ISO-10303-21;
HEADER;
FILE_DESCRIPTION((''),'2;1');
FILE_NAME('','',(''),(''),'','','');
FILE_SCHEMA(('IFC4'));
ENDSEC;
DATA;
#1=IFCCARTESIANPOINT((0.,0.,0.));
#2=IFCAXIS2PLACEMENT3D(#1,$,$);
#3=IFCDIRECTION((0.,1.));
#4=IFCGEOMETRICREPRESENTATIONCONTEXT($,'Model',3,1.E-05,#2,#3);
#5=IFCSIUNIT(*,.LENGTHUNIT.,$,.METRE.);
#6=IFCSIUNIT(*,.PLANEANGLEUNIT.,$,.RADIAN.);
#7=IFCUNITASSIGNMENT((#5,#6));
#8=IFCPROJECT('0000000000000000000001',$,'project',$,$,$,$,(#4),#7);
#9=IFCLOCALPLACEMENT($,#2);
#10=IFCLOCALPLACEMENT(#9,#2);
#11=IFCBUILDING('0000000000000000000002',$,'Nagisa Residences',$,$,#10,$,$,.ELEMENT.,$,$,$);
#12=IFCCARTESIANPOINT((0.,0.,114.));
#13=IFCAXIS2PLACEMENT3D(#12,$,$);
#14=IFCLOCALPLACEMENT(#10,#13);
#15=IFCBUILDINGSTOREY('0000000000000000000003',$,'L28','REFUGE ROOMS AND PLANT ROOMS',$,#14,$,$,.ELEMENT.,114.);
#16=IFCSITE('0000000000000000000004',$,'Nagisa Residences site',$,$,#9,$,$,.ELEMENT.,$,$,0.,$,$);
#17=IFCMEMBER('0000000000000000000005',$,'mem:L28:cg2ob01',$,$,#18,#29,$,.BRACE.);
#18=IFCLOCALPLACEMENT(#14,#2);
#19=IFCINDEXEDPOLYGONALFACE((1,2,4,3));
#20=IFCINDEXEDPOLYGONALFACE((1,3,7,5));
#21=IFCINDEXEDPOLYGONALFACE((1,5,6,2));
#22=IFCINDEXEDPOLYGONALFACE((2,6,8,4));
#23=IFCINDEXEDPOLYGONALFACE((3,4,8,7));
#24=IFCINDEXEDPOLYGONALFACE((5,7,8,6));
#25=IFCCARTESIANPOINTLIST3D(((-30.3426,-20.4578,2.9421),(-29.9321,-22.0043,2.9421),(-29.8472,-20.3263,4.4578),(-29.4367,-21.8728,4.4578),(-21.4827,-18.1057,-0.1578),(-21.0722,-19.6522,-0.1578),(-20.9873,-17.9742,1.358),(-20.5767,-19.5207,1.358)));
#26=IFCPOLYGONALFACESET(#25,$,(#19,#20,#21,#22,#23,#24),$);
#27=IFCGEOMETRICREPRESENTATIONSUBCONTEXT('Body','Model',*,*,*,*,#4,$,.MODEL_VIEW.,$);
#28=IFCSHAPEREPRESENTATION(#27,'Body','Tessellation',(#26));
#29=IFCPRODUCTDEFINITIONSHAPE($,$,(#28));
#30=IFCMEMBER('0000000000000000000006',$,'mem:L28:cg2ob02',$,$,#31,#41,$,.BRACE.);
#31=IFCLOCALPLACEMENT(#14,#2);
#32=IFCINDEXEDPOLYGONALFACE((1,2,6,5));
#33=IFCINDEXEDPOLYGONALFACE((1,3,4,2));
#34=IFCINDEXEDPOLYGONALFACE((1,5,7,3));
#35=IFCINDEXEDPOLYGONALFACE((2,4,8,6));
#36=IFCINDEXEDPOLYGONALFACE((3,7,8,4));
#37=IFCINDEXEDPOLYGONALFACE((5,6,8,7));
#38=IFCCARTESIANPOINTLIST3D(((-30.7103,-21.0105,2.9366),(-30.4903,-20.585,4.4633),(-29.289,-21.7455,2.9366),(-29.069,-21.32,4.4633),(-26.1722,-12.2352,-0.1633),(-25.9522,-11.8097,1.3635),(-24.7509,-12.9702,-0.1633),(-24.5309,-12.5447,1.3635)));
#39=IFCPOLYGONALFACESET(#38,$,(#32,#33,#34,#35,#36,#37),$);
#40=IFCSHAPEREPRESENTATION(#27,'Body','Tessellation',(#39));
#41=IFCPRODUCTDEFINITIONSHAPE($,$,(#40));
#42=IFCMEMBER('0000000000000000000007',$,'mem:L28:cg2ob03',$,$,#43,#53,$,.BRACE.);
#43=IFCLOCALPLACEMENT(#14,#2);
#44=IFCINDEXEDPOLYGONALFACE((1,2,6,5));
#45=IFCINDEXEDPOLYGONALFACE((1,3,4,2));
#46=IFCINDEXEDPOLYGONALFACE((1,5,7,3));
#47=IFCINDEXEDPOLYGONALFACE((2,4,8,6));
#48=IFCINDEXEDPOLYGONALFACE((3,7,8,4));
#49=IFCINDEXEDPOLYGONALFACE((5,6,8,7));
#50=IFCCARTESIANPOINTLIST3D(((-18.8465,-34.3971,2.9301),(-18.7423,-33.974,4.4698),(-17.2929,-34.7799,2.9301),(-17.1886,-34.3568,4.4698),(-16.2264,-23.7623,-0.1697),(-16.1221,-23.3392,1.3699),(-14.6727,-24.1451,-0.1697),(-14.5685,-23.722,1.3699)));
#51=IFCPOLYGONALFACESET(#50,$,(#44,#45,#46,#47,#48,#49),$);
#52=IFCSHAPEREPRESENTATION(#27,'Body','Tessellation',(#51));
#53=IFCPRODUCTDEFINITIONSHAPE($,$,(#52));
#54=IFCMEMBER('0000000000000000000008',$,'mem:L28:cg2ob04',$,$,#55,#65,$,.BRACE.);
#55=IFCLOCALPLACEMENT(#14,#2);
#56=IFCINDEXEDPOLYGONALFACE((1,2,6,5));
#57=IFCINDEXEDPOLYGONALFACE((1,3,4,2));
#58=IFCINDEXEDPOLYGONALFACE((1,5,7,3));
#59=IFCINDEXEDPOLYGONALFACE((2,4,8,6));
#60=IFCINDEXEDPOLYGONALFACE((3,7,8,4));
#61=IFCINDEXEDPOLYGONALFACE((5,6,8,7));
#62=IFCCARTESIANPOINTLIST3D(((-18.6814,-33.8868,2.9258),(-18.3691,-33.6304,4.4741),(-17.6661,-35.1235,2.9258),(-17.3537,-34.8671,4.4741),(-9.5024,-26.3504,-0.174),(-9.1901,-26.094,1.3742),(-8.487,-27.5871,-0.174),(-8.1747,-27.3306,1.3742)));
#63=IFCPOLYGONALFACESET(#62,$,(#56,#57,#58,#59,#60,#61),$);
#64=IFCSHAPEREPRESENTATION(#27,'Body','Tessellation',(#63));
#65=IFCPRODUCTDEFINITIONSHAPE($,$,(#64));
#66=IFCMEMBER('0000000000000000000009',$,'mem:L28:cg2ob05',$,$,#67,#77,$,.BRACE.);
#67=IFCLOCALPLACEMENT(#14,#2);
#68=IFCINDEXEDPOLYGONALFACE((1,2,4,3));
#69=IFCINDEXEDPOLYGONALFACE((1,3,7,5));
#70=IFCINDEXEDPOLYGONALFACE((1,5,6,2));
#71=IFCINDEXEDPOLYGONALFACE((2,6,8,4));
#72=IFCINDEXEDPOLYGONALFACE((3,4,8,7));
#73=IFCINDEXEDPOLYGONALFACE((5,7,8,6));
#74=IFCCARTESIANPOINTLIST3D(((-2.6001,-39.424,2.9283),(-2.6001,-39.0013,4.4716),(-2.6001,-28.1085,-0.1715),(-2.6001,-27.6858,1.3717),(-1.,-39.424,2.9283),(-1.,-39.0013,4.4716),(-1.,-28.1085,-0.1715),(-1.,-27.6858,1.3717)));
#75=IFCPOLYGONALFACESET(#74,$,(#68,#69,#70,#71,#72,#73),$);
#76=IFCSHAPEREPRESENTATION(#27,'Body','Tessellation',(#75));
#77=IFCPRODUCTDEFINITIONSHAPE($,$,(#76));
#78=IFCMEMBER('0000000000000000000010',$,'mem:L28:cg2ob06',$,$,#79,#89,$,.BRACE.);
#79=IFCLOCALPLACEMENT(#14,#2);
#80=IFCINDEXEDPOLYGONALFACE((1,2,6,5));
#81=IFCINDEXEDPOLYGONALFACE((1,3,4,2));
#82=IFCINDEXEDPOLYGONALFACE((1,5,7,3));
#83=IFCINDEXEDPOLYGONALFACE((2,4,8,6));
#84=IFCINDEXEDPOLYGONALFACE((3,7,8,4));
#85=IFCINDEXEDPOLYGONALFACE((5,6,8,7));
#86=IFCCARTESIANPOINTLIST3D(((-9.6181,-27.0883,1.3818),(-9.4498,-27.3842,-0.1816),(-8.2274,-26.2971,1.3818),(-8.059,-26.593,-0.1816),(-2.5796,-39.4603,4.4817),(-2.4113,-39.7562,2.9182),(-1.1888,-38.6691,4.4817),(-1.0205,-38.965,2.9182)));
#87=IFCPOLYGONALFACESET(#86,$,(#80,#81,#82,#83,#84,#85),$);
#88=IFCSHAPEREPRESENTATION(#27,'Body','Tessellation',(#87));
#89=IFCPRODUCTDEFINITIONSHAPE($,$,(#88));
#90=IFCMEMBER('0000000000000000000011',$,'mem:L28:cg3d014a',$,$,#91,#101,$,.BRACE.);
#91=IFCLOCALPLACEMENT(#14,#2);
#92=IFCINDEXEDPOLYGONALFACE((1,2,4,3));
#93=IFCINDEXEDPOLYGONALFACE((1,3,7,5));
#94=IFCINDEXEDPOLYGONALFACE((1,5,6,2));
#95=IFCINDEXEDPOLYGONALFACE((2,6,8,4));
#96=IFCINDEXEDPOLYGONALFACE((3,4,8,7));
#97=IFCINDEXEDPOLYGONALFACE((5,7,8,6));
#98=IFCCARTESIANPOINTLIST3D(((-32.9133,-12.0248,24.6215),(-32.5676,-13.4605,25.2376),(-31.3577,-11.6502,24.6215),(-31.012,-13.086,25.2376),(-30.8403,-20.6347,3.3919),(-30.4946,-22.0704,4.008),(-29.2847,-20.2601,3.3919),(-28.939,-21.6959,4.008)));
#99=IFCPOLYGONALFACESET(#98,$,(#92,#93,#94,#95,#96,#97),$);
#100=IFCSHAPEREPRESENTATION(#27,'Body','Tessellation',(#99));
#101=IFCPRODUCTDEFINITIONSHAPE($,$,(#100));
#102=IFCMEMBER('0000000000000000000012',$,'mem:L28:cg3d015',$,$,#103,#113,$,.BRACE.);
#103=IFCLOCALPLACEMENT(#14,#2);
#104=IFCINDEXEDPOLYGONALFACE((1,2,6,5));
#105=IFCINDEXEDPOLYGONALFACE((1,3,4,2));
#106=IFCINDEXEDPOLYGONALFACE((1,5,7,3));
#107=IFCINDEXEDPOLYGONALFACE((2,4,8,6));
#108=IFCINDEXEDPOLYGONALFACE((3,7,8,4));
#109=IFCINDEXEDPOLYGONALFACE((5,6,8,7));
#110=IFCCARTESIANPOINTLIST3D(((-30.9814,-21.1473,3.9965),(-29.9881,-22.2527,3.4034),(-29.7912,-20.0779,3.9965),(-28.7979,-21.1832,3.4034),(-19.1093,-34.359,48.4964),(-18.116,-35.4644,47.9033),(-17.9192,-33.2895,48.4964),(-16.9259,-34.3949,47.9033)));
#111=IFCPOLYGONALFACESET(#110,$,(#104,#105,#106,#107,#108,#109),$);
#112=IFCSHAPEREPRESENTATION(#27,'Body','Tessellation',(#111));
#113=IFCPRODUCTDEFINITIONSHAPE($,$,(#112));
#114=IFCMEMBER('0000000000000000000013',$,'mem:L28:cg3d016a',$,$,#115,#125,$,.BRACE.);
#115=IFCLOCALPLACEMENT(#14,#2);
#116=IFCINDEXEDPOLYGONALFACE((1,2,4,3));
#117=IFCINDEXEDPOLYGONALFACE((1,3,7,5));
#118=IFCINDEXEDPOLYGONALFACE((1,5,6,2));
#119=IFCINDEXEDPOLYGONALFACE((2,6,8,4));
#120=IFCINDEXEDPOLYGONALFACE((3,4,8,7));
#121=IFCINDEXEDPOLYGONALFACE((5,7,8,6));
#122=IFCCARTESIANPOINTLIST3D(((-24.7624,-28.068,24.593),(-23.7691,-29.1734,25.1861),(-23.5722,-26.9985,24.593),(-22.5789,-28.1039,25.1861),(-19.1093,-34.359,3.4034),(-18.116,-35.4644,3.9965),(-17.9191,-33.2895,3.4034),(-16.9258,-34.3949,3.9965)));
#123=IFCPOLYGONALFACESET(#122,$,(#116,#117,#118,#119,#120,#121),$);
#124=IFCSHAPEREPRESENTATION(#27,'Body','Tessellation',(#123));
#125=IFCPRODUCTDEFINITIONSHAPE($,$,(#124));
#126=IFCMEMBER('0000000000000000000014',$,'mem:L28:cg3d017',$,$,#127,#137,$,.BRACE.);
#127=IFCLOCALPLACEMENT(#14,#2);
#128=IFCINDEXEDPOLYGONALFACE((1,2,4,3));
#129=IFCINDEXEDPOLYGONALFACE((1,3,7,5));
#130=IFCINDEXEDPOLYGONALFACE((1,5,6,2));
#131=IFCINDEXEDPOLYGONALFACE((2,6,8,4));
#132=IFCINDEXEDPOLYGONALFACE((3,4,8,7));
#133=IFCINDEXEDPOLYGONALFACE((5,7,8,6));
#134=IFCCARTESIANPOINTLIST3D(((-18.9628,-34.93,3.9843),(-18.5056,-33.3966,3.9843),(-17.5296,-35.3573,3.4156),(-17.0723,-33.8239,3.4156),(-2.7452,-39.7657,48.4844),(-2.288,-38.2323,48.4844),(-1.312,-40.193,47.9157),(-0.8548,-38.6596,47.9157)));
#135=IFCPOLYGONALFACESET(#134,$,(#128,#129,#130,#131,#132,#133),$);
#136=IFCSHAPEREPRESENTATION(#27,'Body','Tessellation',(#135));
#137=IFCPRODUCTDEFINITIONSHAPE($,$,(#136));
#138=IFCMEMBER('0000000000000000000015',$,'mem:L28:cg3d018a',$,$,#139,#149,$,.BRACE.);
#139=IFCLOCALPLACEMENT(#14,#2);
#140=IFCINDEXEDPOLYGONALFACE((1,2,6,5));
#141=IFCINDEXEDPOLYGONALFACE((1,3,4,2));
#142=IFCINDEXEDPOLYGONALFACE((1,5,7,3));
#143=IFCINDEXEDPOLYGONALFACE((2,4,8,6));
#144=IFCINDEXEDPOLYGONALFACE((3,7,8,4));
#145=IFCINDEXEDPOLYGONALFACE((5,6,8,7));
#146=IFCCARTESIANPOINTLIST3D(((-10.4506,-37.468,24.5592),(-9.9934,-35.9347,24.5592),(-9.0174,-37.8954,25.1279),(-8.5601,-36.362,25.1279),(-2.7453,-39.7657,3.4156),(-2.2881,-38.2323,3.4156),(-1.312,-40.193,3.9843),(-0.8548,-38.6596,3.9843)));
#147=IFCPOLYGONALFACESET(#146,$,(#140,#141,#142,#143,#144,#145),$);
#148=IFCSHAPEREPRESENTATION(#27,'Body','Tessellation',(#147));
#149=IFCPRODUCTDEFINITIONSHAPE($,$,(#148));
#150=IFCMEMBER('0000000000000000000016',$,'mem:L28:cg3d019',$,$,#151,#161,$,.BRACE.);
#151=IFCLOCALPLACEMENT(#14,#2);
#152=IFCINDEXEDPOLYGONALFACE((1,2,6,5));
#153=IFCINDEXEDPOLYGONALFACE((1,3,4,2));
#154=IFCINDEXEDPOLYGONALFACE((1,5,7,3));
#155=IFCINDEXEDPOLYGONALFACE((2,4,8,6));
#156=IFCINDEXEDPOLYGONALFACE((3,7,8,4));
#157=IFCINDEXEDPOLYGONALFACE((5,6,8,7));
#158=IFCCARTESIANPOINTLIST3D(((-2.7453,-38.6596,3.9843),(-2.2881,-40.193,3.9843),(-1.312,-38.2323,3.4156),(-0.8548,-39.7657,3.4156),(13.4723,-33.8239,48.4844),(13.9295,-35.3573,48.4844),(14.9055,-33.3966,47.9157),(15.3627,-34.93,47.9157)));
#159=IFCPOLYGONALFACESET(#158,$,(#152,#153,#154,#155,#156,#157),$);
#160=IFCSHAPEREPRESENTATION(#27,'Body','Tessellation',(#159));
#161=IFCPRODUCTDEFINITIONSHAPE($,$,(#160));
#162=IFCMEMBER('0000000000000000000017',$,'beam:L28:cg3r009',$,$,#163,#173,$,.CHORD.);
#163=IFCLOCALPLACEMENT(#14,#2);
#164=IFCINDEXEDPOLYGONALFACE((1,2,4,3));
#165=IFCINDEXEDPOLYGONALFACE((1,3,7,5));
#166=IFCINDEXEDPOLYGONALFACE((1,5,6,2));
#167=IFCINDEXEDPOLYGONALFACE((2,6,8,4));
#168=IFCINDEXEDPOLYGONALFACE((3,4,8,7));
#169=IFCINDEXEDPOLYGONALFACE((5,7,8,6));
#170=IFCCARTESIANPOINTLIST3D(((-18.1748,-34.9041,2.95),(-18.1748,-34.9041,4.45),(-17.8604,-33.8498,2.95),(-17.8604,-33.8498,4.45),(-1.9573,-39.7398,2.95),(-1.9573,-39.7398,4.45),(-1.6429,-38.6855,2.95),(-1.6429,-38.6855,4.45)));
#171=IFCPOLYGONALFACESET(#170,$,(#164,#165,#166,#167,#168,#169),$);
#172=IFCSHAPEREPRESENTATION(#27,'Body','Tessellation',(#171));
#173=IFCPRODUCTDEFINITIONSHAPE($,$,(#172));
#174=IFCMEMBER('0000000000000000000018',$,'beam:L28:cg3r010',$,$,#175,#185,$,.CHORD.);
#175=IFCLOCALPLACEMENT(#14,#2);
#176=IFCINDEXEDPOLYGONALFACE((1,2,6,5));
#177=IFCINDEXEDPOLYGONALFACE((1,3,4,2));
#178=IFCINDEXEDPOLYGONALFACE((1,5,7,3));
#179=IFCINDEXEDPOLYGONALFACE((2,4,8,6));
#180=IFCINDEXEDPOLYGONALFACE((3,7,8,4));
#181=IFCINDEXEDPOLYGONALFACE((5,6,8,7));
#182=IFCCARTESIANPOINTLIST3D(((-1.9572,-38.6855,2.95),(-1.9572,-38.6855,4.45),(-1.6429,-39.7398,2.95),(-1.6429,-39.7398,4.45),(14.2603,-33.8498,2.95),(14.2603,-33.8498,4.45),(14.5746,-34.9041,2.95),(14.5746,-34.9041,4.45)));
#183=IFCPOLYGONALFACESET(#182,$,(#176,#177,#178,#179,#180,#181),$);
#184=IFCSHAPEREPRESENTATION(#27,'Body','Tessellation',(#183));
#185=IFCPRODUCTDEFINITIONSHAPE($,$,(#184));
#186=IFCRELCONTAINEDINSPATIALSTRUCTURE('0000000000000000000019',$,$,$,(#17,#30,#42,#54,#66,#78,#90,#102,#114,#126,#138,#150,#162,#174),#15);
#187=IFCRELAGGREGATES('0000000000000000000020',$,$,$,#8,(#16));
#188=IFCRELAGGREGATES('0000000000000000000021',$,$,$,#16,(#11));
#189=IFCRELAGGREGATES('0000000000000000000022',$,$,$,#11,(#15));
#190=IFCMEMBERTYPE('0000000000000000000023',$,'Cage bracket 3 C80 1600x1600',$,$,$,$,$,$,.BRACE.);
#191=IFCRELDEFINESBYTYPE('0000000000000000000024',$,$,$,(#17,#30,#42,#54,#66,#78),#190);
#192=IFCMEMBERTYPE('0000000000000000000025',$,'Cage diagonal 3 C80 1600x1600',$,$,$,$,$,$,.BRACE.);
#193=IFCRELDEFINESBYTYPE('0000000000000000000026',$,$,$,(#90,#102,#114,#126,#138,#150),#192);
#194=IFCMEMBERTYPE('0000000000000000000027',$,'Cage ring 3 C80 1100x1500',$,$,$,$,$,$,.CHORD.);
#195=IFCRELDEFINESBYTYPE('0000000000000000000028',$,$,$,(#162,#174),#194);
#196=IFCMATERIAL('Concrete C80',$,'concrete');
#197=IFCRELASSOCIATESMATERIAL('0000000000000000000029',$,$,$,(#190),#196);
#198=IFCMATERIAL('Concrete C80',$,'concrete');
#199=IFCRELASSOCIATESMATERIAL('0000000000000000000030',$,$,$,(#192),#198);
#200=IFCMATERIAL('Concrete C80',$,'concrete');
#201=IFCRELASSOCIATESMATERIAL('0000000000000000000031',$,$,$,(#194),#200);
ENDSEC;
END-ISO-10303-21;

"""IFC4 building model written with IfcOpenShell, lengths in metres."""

from ifc_helpers import new_model, si_unit, direction, frame, origin, origin_2d, place, context, subcontext, project, spatial, rectangle, extrude, material, material_profile, profile_set, type_object, element, save


model = new_model("IFC4")

# Units and contexts
model_context = context("Model", 3, precision=1e-05, world=origin(), true_north=direction((0.0, 1.0)))
body_context = subcontext(model_context, "Body", "Model", "MODEL_VIEW")
ifc_project = project(units=[si_unit("LENGTHUNIT", "METRE"), si_unit("PLANEANGLEUNIT", "RADIAN")], contexts=[model_context])

# Site, building, storey
site_placement = place(None, origin())
site = spatial("IfcSite", under=ifc_project, at=site_placement, Name="Nagisa Residences site", CompositionType="ELEMENT", RefElevation=0.0)
building_placement = place(site_placement, origin())
building = spatial("IfcBuilding", under=site, at=building_placement, Name="Nagisa Residences", CompositionType="ELEMENT")
storey_placement = place(building_placement, frame((0.0, 0.0, 114.0)))
storey = spatial("IfcBuildingStorey", under=building, at=storey_placement, Name="L28", Description="REFUGE ROOMS AND PLANT ROOMS", CompositionType="ELEMENT", Elevation=114.0)

# Members
ifc_material_1 = material(Name="Concrete C80", Category="concrete")
ifc_material_profile_1 = material_profile(ifc_material_1, rectangle(XDim=1.6001, YDim=1.6001, at=origin_2d()), Name="C80 1600x1600")
ifc_profile_set_1 = profile_set([ifc_material_profile_1], Name="Concrete C80")
member_type_1 = type_object("IfcMemberType", Name="Cage bracket 3 C80 1600x1600", PredefinedType="BRACE", material=ifc_profile_set_1)
member_1_placement = place(storey_placement, frame((-29.8896, -21.1653, 3.7), z_axis=(0.915588, 0.243063, -0.320342), x_axis=(-0.256585, 0.966522, 0.0)))
element("IfcMember", 1, at=member_1_placement, inside=storey, type_object=member_type_1, Name="mem:L28:cg2ob01", PredefinedType="BRACE", context=body_context, shape_type="SweptSolid", body=[
    extrude(rectangle(XDim=1.6001, YDim=1.6001, at=origin_2d()), origin(), (0.0, 0.0, 1.0), 9.6768),
])
member_2_placement = place(storey_placement, frame((-29.8896, -21.1653, 3.7), z_axis=(0.438282, 0.847515, -0.299379), x_axis=(-0.888255, 0.45935, 0.0)))
element("IfcMember", 2, at=member_2_placement, inside=storey, type_object=member_type_1, Name="mem:L28:cg2ob02", PredefinedType="BRACE", context=body_context, shape_type="SweptSolid", body=[
    extrude(rectangle(XDim=1.6001, YDim=1.6001, at=origin_2d()), origin(), (0.0, 0.0, 1.0), 10.3542),
])
member_3_placement = place(storey_placement, frame((-18.0176, -34.377, 3.7), z_axis=(0.230178, 0.934269, -0.272323), x_axis=(-0.970966, 0.23922, 0.0)))
element("IfcMember", 3, at=member_3_placement, inside=storey, type_object=member_type_1, Name="mem:L28:cg2ob03", PredefinedType="BRACE", context=body_context, shape_type="SweptSolid", body=[
    extrude(rectangle(XDim=1.6001, YDim=1.6001, at=origin_2d()), origin(), (0.0, 0.0, 1.0), 11.3831),
])
member_4_placement = place(storey_placement, frame((-18.0176, -34.377, 3.7), z_axis=(0.747817, 0.613995, -0.252548), x_axis=(-0.634564, 0.77287, 0.0)))
element("IfcMember", 4, at=member_4_placement, inside=storey, type_object=member_type_1, Name="mem:L28:cg2ob04", PredefinedType="BRACE", context=body_context, shape_type="SweptSolid", body=[
    extrude(rectangle(XDim=1.6001, YDim=1.6001, at=origin_2d()), origin(), (0.0, 0.0, 1.0), 12.2744),
])
member_5_placement = place(storey_placement, frame((-1.8, -39.2126, 3.7), z_axis=(0.0, 0.964464, -0.264214), x_axis=(-1.0, 0.0, 0.0)))
element("IfcMember", 5, at=member_5_placement, inside=storey, type_object=member_type_1, Name="mem:L28:cg2ob05", PredefinedType="BRACE", context=body_context, shape_type="SweptSolid", body=[
    extrude(rectangle(XDim=1.6001, YDim=1.6001, at=origin_2d()), origin(), (0.0, 0.0, 1.0), 11.7324),
])
member_6_placement = place(storey_placement, frame((-1.8, -39.2126, 3.7), z_axis=(-0.483162, 0.849279, -0.212789), x_axis=(-0.869185, -0.494487, 0.0)))
element("IfcMember", 6, at=member_6_placement, inside=storey, type_object=member_type_1, Name="mem:L28:cg2ob06", PredefinedType="BRACE", context=body_context, shape_type="SweptSolid", body=[
    extrude(rectangle(XDim=1.6001, YDim=1.6001, at=origin_2d()), origin(), (0.0, 0.0, 1.0), 14.5676),
])
ifc_material_2 = material(Name="Concrete C80", Category="concrete")
ifc_material_profile_2 = material_profile(ifc_material_2, rectangle(XDim=1.6001, YDim=1.6001, at=origin_2d()), Name="C80 1600x1600")
ifc_profile_set_2 = profile_set([ifc_material_profile_2], Name="Concrete C80")
member_type_2 = type_object("IfcMemberType", Name="Cage diagonal 3 C80 1600x1600", PredefinedType="BRACE", material=ifc_profile_set_2)
member_7_placement = place(storey_placement, frame((-29.8896, -21.1653, 3.7), z_axis=(-0.09012, 0.3743, 0.922918), x_axis=(-0.972217, -0.234081, 0.0)))
element("IfcMember", 7, at=member_7_placement, inside=storey, type_object=member_type_2, Name="mem:L28:cg3d014a", PredefinedType="BRACE", context=body_context, shape_type="SweptSolid", body=[
    extrude(rectangle(XDim=1.6001, YDim=1.6001, at=origin_2d()), origin(), (0.0, 0.0, 1.0), 23.0027),
])
member_8_placement = place(storey_placement, frame((-29.8896, -21.1653, 3.7), z_axis=(0.247779, -0.275738, 0.928749), x_axis=(0.74381, 0.668391, 0.0)))
element("IfcMember", 8, at=member_8_placement, inside=storey, type_object=member_type_2, Name="mem:L28:cg3d015", PredefinedType="BRACE", context=body_context, shape_type="SweptSolid", body=[
    extrude(rectangle(XDim=1.6001, YDim=1.6001, at=origin_2d()), origin(), (0.0, 0.0, 1.0), 47.9138),
])
member_9_placement = place(storey_placement, frame((-18.0176, -34.377, 3.7), z_axis=(-0.247776, 0.275737, 0.92875), x_axis=(-0.743814, -0.668387, 0.0)))
element("IfcMember", 9, at=member_9_placement, inside=storey, type_object=member_type_2, Name="mem:L28:cg3d016a", PredefinedType="BRACE", context=body_context, shape_type="SweptSolid", body=[
    extrude(rectangle(XDim=1.6001, YDim=1.6001, at=origin_2d()), origin(), (0.0, 0.0, 1.0), 22.8152),
])
member_10_placement = place(storey_placement, frame((-18.0176, -34.377, 3.7), z_axis=(0.340638, -0.10157, 0.934692), x_axis=(0.285745, 0.958306, 0.0)))
element("IfcMember", 10, at=member_10_placement, inside=storey, type_object=member_type_2, Name="mem:L28:cg3d017", PredefinedType="BRACE", context=body_context, shape_type="SweptSolid", body=[
    extrude(rectangle(XDim=1.6001, YDim=1.6001, at=origin_2d()), origin(), (0.0, 0.0, 1.0), 47.6094),
])
member_11_placement = place(storey_placement, frame((-1.8, -39.2126, 3.7), z_axis=(-0.34063, 0.101571, 0.934695), x_axis=(-0.285751, -0.958304, 0.0)))
element("IfcMember", 11, at=member_11_placement, inside=storey, type_object=member_type_2, Name="mem:L28:cg3d018a", PredefinedType="BRACE", context=body_context, shape_type="SweptSolid", body=[
    extrude(rectangle(XDim=1.6001, YDim=1.6001, at=origin_2d()), origin(), (0.0, 0.0, 1.0), 22.6208),
])
member_12_placement = place(storey_placement, frame((-1.8, -39.2126, 3.7), z_axis=(0.340638, 0.10157, 0.934692), x_axis=(-0.285745, 0.958306, 0.0)))
element("IfcMember", 12, at=member_12_placement, inside=storey, type_object=member_type_2, Name="mem:L28:cg3d019", PredefinedType="BRACE", context=body_context, shape_type="SweptSolid", body=[
    extrude(rectangle(XDim=1.6001, YDim=1.6001, at=origin_2d()), origin(), (0.0, 0.0, 1.0), 47.6094),
])
ifc_material_3 = material(Name="Concrete C80", Category="concrete")
ifc_material_profile_3 = material_profile(ifc_material_3, rectangle(XDim=1.1001, YDim=1.5, at=origin_2d()), Name="C80 1100x1500")
ifc_profile_set_3 = profile_set([ifc_material_profile_3], Name="Concrete C80")
member_type_3 = type_object("IfcMemberType", Name="Cage ring 3 C80 1100x1500", PredefinedType="CHORD", material=ifc_profile_set_3)
for number, where, z_axis, x_axis, name in (
    (13, (-18.0176, -34.377, 3.7), (0.958306, -0.285745, 0.0), (0.285745, 0.958306, 0.0), "beam:L28:cg3r009"),
    (14, (-1.8, -39.2126, 3.7), (0.958306, 0.285745, 0.0), (-0.285745, 0.958306, 0.0), "beam:L28:cg3r010"),
):
    element("IfcMember", number, at=place(storey_placement, frame(where, z_axis=z_axis, x_axis=x_axis)), inside=storey, type_object=member_type_3, Name=name, PredefinedType="CHORD", context=body_context, shape_type="SweptSolid", body=[
        extrude(rectangle(XDim=1.1001, YDim=1.5, at=origin_2d()), origin(), (0.0, 0.0, 1.0), 16.9231),
    ])

save(model, "model.ifc")
